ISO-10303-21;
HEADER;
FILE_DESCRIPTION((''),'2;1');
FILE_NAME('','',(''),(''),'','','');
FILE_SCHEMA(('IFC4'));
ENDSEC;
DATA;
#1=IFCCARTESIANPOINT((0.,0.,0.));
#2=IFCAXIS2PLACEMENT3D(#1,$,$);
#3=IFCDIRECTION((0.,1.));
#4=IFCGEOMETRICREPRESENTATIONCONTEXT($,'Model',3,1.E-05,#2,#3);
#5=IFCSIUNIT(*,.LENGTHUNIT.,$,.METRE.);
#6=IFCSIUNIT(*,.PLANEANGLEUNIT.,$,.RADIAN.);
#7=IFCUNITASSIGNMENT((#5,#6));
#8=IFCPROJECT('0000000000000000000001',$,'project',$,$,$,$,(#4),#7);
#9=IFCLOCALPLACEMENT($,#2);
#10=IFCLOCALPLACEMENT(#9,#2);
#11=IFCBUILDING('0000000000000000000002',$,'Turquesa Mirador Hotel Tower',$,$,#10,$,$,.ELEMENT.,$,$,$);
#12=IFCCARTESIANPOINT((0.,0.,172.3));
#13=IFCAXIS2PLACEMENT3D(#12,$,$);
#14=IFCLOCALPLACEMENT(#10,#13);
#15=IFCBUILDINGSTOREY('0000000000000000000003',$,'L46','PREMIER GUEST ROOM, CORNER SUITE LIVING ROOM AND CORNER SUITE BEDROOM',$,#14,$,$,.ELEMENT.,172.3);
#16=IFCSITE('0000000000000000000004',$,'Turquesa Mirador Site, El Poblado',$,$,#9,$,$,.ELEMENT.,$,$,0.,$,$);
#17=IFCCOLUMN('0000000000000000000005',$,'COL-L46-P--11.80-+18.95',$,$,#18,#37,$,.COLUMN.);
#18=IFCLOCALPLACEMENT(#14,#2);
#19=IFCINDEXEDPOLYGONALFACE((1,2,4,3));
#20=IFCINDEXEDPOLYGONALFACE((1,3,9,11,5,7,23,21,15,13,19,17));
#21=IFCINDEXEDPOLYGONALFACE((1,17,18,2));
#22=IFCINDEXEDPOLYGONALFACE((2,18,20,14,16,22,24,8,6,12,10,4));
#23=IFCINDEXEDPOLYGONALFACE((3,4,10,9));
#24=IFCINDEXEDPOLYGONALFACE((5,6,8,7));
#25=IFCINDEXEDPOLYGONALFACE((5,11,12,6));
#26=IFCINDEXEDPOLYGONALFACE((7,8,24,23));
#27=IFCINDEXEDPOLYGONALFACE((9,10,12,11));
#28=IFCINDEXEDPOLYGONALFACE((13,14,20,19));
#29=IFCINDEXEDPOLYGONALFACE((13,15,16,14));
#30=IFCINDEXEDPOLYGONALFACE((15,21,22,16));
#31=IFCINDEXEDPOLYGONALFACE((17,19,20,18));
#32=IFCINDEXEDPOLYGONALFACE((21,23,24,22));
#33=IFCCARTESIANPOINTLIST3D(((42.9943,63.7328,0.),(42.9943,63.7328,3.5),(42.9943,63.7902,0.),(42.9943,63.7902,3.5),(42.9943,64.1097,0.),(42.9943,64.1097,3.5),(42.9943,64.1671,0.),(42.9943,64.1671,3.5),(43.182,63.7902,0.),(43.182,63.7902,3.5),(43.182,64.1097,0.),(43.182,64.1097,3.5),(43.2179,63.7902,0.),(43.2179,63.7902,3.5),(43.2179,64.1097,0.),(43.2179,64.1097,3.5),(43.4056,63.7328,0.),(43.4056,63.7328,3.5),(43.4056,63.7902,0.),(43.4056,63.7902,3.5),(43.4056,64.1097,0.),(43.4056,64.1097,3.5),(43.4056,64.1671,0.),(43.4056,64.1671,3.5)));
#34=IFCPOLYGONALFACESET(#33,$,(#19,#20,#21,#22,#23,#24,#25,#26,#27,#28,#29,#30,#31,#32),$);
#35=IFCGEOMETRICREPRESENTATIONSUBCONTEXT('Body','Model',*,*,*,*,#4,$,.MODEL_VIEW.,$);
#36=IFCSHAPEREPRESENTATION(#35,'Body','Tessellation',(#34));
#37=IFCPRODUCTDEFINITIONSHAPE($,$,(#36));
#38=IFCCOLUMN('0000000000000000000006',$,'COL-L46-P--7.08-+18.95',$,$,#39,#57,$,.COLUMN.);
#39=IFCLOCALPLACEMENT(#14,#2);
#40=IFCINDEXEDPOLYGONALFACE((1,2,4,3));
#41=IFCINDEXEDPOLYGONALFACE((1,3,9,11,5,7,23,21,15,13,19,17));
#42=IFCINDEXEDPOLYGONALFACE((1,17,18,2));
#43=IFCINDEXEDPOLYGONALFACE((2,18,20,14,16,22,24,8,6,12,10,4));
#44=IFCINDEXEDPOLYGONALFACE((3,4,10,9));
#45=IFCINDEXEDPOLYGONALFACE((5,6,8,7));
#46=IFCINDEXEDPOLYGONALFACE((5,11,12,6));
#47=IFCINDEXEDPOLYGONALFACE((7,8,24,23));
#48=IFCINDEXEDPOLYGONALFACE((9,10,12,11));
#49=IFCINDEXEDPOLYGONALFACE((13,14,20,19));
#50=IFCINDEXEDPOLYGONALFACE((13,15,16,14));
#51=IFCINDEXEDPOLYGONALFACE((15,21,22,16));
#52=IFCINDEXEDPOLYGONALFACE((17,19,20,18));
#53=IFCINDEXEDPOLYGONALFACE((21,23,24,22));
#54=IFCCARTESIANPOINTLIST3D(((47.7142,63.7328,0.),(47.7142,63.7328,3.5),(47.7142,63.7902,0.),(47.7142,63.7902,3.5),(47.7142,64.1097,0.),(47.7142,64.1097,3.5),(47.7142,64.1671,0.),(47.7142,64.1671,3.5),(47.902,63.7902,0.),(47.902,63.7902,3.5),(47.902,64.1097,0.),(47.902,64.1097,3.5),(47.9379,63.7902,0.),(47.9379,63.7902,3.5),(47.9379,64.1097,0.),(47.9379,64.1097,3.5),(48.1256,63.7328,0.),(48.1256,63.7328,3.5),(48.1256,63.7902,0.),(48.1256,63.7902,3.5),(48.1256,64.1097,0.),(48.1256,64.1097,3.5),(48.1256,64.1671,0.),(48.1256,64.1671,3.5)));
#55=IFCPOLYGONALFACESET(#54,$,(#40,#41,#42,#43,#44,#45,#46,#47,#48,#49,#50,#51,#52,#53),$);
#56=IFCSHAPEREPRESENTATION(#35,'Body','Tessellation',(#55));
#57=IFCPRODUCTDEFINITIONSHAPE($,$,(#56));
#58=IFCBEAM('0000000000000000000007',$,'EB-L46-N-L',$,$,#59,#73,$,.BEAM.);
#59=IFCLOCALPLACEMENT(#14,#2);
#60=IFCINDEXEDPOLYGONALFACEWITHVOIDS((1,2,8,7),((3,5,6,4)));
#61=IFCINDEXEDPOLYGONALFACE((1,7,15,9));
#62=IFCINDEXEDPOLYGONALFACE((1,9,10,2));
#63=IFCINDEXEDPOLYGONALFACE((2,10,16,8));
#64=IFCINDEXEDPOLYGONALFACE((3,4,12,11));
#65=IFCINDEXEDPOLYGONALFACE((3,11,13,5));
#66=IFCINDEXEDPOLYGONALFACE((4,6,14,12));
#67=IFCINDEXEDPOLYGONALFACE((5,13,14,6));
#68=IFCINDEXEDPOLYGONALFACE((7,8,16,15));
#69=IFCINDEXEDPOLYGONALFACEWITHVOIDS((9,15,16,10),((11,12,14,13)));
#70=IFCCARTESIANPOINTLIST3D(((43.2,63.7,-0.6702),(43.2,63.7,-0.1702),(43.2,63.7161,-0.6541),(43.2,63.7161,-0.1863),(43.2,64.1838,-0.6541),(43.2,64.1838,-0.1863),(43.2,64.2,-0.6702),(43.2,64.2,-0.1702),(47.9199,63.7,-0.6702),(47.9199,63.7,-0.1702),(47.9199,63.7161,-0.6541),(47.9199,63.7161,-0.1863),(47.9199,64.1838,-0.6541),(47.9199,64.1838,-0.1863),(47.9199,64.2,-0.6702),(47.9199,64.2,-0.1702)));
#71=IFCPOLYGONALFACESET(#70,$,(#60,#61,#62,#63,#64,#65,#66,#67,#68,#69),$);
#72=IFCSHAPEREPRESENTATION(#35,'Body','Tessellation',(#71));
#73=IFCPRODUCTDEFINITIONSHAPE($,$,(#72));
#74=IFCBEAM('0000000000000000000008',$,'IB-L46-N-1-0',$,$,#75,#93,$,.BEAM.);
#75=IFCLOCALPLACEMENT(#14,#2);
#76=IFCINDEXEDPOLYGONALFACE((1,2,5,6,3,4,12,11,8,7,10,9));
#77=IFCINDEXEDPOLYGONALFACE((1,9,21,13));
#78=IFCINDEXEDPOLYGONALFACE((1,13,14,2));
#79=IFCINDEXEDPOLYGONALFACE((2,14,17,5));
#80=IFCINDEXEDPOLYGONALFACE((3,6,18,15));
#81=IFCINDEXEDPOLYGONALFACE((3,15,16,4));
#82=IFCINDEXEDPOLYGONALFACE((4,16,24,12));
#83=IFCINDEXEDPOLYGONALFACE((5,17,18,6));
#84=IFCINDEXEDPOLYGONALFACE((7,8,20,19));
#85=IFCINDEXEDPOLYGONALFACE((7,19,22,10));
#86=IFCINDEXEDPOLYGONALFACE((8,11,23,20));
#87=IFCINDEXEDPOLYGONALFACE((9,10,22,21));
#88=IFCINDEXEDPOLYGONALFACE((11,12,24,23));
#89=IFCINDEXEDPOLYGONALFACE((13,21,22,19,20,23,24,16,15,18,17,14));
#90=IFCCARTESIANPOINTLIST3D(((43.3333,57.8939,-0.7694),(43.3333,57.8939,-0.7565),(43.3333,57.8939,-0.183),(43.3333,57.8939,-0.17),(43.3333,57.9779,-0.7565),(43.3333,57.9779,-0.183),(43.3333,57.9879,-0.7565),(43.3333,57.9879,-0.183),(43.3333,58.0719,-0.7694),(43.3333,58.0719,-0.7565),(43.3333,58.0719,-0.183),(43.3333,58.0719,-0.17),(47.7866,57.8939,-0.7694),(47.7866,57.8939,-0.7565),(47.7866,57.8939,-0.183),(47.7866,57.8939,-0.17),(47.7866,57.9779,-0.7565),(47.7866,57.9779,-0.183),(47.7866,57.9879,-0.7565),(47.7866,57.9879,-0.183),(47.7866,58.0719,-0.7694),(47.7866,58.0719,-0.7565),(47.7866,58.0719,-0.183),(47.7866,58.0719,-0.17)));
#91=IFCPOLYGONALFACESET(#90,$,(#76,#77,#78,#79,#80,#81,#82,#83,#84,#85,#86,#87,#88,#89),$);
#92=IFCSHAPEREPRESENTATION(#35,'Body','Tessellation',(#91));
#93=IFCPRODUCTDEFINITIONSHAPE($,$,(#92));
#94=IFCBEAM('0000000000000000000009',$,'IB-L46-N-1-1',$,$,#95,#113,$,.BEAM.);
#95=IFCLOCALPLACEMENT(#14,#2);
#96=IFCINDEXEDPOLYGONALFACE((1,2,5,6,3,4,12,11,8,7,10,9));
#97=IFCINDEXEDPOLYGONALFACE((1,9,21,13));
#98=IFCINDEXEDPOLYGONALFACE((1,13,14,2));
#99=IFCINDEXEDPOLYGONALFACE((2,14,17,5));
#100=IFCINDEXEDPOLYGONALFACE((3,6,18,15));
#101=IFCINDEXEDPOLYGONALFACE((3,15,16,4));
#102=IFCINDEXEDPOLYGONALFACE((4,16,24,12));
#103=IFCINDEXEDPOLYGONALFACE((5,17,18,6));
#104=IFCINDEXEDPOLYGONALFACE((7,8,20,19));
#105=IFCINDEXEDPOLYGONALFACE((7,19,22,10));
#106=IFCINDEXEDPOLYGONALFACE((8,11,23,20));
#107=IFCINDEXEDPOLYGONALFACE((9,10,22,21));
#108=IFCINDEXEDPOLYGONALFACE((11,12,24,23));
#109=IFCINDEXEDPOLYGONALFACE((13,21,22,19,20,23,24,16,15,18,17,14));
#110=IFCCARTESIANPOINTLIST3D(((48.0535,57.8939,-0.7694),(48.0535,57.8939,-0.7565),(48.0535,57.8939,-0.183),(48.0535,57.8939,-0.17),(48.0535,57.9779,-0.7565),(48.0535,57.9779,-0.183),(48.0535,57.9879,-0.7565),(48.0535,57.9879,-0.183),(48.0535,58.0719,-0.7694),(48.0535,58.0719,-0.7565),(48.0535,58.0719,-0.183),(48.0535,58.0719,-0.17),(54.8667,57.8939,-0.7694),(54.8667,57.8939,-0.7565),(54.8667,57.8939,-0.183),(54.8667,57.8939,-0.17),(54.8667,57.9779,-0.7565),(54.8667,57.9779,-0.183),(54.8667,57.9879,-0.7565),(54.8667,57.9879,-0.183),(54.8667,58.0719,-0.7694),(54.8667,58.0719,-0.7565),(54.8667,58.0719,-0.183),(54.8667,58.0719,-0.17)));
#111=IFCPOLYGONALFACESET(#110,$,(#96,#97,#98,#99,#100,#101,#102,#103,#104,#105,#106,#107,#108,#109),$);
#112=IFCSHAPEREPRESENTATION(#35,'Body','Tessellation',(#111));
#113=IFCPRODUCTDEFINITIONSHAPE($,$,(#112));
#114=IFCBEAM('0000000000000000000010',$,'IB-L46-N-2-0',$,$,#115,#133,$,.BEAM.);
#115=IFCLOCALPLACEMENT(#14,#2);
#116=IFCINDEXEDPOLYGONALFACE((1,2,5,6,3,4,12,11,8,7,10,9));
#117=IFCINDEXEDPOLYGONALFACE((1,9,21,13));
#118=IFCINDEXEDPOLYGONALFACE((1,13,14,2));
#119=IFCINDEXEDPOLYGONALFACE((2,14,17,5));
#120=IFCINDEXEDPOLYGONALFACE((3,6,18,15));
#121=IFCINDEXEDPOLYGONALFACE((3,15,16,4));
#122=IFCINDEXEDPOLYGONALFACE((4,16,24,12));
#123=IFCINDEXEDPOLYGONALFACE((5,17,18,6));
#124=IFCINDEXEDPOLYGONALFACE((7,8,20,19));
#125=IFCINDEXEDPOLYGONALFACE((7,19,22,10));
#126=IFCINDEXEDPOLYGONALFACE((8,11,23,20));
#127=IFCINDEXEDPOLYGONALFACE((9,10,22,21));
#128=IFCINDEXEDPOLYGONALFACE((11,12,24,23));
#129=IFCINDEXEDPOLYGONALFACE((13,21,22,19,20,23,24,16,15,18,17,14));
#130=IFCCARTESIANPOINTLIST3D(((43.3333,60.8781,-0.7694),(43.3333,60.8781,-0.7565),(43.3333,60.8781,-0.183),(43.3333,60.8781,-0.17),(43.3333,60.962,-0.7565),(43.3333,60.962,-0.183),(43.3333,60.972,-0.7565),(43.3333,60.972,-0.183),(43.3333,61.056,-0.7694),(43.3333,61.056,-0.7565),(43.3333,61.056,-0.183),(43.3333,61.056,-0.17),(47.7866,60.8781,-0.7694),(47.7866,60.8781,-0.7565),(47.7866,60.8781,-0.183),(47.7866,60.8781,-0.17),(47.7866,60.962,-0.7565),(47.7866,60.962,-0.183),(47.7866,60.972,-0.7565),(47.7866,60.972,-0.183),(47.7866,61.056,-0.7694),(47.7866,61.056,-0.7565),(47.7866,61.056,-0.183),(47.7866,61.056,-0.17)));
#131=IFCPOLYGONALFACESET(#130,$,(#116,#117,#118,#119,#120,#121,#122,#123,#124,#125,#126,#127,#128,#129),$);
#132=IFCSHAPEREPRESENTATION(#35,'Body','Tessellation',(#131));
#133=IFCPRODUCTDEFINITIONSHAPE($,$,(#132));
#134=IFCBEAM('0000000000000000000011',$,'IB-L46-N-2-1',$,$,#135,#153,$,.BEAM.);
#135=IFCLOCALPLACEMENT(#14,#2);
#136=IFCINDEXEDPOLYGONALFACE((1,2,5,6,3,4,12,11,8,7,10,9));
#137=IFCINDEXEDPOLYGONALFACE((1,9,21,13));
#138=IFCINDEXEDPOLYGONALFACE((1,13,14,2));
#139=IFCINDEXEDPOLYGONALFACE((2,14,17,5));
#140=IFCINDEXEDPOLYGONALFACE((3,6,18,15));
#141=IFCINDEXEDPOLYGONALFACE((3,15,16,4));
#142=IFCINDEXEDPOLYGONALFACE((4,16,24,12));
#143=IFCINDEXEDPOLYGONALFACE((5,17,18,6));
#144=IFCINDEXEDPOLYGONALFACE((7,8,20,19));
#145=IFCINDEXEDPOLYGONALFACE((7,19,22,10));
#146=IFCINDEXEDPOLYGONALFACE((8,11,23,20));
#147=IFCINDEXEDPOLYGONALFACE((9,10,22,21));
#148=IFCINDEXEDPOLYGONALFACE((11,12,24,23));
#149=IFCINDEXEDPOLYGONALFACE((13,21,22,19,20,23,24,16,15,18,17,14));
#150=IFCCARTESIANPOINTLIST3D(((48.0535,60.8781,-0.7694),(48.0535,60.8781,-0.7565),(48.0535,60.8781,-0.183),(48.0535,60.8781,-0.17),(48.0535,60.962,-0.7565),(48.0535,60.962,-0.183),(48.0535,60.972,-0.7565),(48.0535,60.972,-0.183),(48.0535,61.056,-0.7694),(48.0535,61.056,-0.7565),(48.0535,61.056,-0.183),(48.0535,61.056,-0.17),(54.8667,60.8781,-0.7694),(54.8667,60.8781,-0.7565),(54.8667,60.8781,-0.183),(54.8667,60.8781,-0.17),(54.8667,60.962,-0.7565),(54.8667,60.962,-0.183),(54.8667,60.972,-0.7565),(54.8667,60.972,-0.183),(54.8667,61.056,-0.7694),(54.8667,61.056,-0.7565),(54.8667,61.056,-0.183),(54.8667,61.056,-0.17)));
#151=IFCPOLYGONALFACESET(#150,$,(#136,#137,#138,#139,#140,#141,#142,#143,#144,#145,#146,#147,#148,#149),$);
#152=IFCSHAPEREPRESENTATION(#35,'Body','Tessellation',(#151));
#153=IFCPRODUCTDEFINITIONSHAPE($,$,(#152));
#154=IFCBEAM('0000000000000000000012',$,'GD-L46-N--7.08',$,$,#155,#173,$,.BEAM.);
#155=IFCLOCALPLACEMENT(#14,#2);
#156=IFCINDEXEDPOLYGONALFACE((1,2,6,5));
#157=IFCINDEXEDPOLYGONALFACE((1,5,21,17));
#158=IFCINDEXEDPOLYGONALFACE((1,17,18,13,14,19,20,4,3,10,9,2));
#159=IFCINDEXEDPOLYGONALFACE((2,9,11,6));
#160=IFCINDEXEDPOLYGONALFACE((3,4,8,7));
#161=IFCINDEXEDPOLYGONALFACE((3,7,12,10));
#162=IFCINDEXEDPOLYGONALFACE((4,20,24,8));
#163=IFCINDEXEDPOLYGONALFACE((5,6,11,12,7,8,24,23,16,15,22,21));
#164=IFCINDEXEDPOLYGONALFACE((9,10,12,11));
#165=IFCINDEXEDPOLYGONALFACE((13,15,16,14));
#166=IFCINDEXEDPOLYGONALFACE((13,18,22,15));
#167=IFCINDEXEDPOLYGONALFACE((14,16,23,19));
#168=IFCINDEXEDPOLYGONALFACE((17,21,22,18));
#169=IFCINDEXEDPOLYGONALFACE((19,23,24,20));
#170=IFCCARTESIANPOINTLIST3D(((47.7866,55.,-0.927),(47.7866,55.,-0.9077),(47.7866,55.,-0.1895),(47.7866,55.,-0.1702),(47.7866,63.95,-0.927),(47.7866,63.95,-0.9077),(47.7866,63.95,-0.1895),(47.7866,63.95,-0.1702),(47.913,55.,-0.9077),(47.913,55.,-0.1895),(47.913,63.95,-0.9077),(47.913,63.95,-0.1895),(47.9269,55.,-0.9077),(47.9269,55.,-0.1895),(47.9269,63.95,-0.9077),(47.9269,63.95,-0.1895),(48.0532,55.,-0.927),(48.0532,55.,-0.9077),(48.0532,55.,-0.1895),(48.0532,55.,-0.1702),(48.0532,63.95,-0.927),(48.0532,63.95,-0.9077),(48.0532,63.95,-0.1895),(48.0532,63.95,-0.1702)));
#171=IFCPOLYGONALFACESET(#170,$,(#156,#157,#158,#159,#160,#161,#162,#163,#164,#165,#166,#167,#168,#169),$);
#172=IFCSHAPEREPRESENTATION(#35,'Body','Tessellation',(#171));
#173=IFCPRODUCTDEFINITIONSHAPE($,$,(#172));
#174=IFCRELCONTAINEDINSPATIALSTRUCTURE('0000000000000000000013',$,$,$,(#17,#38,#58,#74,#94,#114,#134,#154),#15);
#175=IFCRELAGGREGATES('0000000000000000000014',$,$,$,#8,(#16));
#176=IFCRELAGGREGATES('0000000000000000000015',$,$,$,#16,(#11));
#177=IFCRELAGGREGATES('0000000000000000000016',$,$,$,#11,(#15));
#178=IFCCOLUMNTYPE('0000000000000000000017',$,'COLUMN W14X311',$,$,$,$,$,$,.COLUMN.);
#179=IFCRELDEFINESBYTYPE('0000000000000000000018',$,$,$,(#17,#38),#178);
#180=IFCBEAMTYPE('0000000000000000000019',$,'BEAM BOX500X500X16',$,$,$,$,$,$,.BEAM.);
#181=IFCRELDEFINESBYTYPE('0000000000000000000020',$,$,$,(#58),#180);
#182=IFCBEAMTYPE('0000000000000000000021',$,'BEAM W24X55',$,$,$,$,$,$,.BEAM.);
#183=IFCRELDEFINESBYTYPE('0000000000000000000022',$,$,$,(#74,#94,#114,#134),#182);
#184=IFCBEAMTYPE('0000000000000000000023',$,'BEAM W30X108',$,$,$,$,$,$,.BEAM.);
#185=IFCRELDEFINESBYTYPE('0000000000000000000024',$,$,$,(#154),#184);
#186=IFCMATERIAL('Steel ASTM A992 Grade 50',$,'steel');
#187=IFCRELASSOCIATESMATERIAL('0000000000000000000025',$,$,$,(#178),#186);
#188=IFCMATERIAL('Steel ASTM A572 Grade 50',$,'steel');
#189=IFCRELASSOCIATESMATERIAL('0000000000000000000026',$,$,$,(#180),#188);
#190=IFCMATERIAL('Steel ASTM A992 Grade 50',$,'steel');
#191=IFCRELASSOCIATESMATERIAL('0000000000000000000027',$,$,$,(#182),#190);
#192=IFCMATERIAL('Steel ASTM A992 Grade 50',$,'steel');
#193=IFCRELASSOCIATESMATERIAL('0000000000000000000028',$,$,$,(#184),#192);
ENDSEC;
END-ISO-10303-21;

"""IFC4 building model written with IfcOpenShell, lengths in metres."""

from ifc_helpers import new_model, si_unit, direction, frame, origin, origin_2d, place, context, subcontext, project, spatial, hollow_rectangle, i_section, extrude, material, material_profile, profile_set, type_object, element, save


model = new_model("IFC4")

# Units and contexts
model_context = context("Model", 3, precision=1e-05, world=origin(), true_north=direction((0.0, 1.0)))
body_context = subcontext(model_context, "Body", "Model", "MODEL_VIEW")
ifc_project = project(units=[si_unit("LENGTHUNIT", "METRE"), si_unit("PLANEANGLEUNIT", "RADIAN")], contexts=[model_context])

# Site, building, storey
site_placement = place(None, origin())
site = spatial("IfcSite", under=ifc_project, at=site_placement, Name="Turquesa Mirador Site, El Poblado", CompositionType="ELEMENT", RefElevation=0.0)
building_placement = place(site_placement, origin())
building = spatial("IfcBuilding", under=site, at=building_placement, Name="Turquesa Mirador Hotel Tower", CompositionType="ELEMENT")
storey_placement = place(building_placement, frame((0.0, 0.0, 172.3)))
storey = spatial("IfcBuildingStorey", under=building, at=storey_placement, Name="L46", Description="PREMIER GUEST ROOM, CORNER SUITE LIVING ROOM AND CORNER SUITE BEDROOM", CompositionType="ELEMENT", Elevation=172.3)

# Columns
ifc_material_1 = material(Name="Steel ASTM A992 Grade 50", Category="steel")
ifc_material_profile_1 = material_profile(ifc_material_1, i_section(OverallWidth=0.4114, OverallDepth=0.4343, WebThickness=0.0359, FlangeThickness=0.0574, at=origin_2d()), Name="W14X311")
ifc_profile_set_1 = profile_set([ifc_material_profile_1], Name="Steel ASTM A992 Grade 50")
column_type = type_object("IfcColumnType", Name="COLUMN W14X311", PredefinedType="COLUMN", material=ifc_profile_set_1)
for number, where, z_axis, x_axis, name in (
    (1, (43.2, 63.95, 0.0), (0.0, 0.0, 1.0), (1.0, 0.0, 0.0), "COL-L46-P--11.80-+18.95"),
    (2, (47.9199, 63.95, 0.0), (0.0, 0.0, 1.0), (1.0, 0.0, 0.0), "COL-L46-P--7.08-+18.95"),
):
    element("IfcColumn", number, at=place(storey_placement, frame(where, z_axis=z_axis, x_axis=x_axis)), inside=storey, type_object=column_type, Name=name, PredefinedType="COLUMN", context=body_context, shape_type="SweptSolid", body=[
        extrude(i_section(OverallWidth=0.4114, OverallDepth=0.4343, WebThickness=0.0359, FlangeThickness=0.0574, at=origin_2d()), origin(), (0.0, 0.0, 1.0), 3.5),
    ])

# Beams
ifc_material_2 = material(Name="Steel ASTM A572 Grade 50", Category="steel")
ifc_material_profile_2 = material_profile(ifc_material_2, hollow_rectangle(XDim=0.5, YDim=0.5, WallThickness=0.0161, at=origin_2d()), Name="BOX500X500X16")
ifc_profile_set_2 = profile_set([ifc_material_profile_2], Name="Steel ASTM A572 Grade 50")
beam_type_1 = type_object("IfcBeamType", Name="BEAM BOX500X500X16", PredefinedType="BEAM", material=ifc_profile_set_2)
beam_1_placement = place(storey_placement, frame((43.2, 63.95, -0.4202), z_axis=(1.0, 0.0, 0.0), x_axis=(0.0, 1.0, 0.0)))
element("IfcBeam", 3, at=beam_1_placement, inside=storey, type_object=beam_type_1, Name="EB-L46-N-L", PredefinedType="BEAM", context=body_context, shape_type="SweptSolid", body=[
    extrude(hollow_rectangle(XDim=0.5, YDim=0.5, WallThickness=0.0161, at=origin_2d()), origin(), (0.0, 0.0, 1.0), 4.72),
])
ifc_material_3 = material(Name="Steel ASTM A992 Grade 50", Category="steel")
ifc_material_profile_3 = material_profile(ifc_material_3, i_section(OverallWidth=0.178, OverallDepth=0.5994, WebThickness=0.01, FlangeThickness=0.0129, at=origin_2d()), Name="W24X55")
ifc_profile_set_3 = profile_set([ifc_material_profile_3], Name="Steel ASTM A992 Grade 50")
beam_type_2 = type_object("IfcBeamType", Name="BEAM W24X55", PredefinedType="BEAM", material=ifc_profile_set_3)
beam_2_placement = place(storey_placement, frame((43.3333, 57.9829, -0.4697), z_axis=(1.0, 0.0, 0.0), x_axis=(0.0, 1.0, 0.0)))
element("IfcBeam", 4, at=beam_2_placement, inside=storey, type_object=beam_type_2, Name="IB-L46-N-1-0", PredefinedType="BEAM", context=body_context, shape_type="SweptSolid", body=[
    extrude(i_section(OverallWidth=0.178, OverallDepth=0.5994, WebThickness=0.01, FlangeThickness=0.0129, at=origin_2d()), origin(), (0.0, 0.0, 1.0), 4.4534),
])
beam_3_placement = place(storey_placement, frame((48.0535, 57.9829, -0.4697), z_axis=(1.0, 0.0, 0.0), x_axis=(0.0, 1.0, 0.0)))
element("IfcBeam", 5, at=beam_3_placement, inside=storey, type_object=beam_type_2, Name="IB-L46-N-1-1", PredefinedType="BEAM", context=body_context, shape_type="SweptSolid", body=[
    extrude(i_section(OverallWidth=0.178, OverallDepth=0.5994, WebThickness=0.01, FlangeThickness=0.0129, at=origin_2d()), origin(), (0.0, 0.0, 1.0), 6.8132),
])
beam_4_placement = place(storey_placement, frame((43.3333, 60.967, -0.4697), z_axis=(1.0, 0.0, 0.0), x_axis=(0.0, 1.0, 0.0)))
element("IfcBeam", 6, at=beam_4_placement, inside=storey, type_object=beam_type_2, Name="IB-L46-N-2-0", PredefinedType="BEAM", context=body_context, shape_type="SweptSolid", body=[
    extrude(i_section(OverallWidth=0.178, OverallDepth=0.5994, WebThickness=0.01, FlangeThickness=0.0129, at=origin_2d()), origin(), (0.0, 0.0, 1.0), 4.4534),
])
beam_5_placement = place(storey_placement, frame((48.0535, 60.967, -0.4697), z_axis=(1.0, 0.0, 0.0), x_axis=(0.0, 1.0, 0.0)))
element("IfcBeam", 7, at=beam_5_placement, inside=storey, type_object=beam_type_2, Name="IB-L46-N-2-1", PredefinedType="BEAM", context=body_context, shape_type="SweptSolid", body=[
    extrude(i_section(OverallWidth=0.178, OverallDepth=0.5994, WebThickness=0.01, FlangeThickness=0.0129, at=origin_2d()), origin(), (0.0, 0.0, 1.0), 6.8132),
])
ifc_material_4 = material(Name="Steel ASTM A992 Grade 50", Category="steel")
ifc_material_profile_4 = material_profile(ifc_material_4, i_section(OverallWidth=0.2666, OverallDepth=0.7568, WebThickness=0.0139, FlangeThickness=0.0193, at=origin_2d()), Name="W30X108")
ifc_profile_set_4 = profile_set([ifc_material_profile_4], Name="Steel ASTM A992 Grade 50")
beam_type_3 = type_object("IfcBeamType", Name="BEAM W30X108", PredefinedType="BEAM", material=ifc_profile_set_4)
beam_6_placement = place(storey_placement, frame((47.9199, 63.95, -0.5486), z_axis=(0.0, -1.0, 0.0), x_axis=(1.0, 0.0, 0.0)))
element("IfcBeam", 8, at=beam_6_placement, inside=storey, type_object=beam_type_3, Name="GD-L46-N--7.08", PredefinedType="BEAM", context=body_context, shape_type="SweptSolid", body=[
    extrude(i_section(OverallWidth=0.2666, OverallDepth=0.7568, WebThickness=0.0139, FlangeThickness=0.0193, at=origin_2d()), origin(), (0.0, 0.0, 1.0), 8.95),
])

save(model, "model.ifc")
